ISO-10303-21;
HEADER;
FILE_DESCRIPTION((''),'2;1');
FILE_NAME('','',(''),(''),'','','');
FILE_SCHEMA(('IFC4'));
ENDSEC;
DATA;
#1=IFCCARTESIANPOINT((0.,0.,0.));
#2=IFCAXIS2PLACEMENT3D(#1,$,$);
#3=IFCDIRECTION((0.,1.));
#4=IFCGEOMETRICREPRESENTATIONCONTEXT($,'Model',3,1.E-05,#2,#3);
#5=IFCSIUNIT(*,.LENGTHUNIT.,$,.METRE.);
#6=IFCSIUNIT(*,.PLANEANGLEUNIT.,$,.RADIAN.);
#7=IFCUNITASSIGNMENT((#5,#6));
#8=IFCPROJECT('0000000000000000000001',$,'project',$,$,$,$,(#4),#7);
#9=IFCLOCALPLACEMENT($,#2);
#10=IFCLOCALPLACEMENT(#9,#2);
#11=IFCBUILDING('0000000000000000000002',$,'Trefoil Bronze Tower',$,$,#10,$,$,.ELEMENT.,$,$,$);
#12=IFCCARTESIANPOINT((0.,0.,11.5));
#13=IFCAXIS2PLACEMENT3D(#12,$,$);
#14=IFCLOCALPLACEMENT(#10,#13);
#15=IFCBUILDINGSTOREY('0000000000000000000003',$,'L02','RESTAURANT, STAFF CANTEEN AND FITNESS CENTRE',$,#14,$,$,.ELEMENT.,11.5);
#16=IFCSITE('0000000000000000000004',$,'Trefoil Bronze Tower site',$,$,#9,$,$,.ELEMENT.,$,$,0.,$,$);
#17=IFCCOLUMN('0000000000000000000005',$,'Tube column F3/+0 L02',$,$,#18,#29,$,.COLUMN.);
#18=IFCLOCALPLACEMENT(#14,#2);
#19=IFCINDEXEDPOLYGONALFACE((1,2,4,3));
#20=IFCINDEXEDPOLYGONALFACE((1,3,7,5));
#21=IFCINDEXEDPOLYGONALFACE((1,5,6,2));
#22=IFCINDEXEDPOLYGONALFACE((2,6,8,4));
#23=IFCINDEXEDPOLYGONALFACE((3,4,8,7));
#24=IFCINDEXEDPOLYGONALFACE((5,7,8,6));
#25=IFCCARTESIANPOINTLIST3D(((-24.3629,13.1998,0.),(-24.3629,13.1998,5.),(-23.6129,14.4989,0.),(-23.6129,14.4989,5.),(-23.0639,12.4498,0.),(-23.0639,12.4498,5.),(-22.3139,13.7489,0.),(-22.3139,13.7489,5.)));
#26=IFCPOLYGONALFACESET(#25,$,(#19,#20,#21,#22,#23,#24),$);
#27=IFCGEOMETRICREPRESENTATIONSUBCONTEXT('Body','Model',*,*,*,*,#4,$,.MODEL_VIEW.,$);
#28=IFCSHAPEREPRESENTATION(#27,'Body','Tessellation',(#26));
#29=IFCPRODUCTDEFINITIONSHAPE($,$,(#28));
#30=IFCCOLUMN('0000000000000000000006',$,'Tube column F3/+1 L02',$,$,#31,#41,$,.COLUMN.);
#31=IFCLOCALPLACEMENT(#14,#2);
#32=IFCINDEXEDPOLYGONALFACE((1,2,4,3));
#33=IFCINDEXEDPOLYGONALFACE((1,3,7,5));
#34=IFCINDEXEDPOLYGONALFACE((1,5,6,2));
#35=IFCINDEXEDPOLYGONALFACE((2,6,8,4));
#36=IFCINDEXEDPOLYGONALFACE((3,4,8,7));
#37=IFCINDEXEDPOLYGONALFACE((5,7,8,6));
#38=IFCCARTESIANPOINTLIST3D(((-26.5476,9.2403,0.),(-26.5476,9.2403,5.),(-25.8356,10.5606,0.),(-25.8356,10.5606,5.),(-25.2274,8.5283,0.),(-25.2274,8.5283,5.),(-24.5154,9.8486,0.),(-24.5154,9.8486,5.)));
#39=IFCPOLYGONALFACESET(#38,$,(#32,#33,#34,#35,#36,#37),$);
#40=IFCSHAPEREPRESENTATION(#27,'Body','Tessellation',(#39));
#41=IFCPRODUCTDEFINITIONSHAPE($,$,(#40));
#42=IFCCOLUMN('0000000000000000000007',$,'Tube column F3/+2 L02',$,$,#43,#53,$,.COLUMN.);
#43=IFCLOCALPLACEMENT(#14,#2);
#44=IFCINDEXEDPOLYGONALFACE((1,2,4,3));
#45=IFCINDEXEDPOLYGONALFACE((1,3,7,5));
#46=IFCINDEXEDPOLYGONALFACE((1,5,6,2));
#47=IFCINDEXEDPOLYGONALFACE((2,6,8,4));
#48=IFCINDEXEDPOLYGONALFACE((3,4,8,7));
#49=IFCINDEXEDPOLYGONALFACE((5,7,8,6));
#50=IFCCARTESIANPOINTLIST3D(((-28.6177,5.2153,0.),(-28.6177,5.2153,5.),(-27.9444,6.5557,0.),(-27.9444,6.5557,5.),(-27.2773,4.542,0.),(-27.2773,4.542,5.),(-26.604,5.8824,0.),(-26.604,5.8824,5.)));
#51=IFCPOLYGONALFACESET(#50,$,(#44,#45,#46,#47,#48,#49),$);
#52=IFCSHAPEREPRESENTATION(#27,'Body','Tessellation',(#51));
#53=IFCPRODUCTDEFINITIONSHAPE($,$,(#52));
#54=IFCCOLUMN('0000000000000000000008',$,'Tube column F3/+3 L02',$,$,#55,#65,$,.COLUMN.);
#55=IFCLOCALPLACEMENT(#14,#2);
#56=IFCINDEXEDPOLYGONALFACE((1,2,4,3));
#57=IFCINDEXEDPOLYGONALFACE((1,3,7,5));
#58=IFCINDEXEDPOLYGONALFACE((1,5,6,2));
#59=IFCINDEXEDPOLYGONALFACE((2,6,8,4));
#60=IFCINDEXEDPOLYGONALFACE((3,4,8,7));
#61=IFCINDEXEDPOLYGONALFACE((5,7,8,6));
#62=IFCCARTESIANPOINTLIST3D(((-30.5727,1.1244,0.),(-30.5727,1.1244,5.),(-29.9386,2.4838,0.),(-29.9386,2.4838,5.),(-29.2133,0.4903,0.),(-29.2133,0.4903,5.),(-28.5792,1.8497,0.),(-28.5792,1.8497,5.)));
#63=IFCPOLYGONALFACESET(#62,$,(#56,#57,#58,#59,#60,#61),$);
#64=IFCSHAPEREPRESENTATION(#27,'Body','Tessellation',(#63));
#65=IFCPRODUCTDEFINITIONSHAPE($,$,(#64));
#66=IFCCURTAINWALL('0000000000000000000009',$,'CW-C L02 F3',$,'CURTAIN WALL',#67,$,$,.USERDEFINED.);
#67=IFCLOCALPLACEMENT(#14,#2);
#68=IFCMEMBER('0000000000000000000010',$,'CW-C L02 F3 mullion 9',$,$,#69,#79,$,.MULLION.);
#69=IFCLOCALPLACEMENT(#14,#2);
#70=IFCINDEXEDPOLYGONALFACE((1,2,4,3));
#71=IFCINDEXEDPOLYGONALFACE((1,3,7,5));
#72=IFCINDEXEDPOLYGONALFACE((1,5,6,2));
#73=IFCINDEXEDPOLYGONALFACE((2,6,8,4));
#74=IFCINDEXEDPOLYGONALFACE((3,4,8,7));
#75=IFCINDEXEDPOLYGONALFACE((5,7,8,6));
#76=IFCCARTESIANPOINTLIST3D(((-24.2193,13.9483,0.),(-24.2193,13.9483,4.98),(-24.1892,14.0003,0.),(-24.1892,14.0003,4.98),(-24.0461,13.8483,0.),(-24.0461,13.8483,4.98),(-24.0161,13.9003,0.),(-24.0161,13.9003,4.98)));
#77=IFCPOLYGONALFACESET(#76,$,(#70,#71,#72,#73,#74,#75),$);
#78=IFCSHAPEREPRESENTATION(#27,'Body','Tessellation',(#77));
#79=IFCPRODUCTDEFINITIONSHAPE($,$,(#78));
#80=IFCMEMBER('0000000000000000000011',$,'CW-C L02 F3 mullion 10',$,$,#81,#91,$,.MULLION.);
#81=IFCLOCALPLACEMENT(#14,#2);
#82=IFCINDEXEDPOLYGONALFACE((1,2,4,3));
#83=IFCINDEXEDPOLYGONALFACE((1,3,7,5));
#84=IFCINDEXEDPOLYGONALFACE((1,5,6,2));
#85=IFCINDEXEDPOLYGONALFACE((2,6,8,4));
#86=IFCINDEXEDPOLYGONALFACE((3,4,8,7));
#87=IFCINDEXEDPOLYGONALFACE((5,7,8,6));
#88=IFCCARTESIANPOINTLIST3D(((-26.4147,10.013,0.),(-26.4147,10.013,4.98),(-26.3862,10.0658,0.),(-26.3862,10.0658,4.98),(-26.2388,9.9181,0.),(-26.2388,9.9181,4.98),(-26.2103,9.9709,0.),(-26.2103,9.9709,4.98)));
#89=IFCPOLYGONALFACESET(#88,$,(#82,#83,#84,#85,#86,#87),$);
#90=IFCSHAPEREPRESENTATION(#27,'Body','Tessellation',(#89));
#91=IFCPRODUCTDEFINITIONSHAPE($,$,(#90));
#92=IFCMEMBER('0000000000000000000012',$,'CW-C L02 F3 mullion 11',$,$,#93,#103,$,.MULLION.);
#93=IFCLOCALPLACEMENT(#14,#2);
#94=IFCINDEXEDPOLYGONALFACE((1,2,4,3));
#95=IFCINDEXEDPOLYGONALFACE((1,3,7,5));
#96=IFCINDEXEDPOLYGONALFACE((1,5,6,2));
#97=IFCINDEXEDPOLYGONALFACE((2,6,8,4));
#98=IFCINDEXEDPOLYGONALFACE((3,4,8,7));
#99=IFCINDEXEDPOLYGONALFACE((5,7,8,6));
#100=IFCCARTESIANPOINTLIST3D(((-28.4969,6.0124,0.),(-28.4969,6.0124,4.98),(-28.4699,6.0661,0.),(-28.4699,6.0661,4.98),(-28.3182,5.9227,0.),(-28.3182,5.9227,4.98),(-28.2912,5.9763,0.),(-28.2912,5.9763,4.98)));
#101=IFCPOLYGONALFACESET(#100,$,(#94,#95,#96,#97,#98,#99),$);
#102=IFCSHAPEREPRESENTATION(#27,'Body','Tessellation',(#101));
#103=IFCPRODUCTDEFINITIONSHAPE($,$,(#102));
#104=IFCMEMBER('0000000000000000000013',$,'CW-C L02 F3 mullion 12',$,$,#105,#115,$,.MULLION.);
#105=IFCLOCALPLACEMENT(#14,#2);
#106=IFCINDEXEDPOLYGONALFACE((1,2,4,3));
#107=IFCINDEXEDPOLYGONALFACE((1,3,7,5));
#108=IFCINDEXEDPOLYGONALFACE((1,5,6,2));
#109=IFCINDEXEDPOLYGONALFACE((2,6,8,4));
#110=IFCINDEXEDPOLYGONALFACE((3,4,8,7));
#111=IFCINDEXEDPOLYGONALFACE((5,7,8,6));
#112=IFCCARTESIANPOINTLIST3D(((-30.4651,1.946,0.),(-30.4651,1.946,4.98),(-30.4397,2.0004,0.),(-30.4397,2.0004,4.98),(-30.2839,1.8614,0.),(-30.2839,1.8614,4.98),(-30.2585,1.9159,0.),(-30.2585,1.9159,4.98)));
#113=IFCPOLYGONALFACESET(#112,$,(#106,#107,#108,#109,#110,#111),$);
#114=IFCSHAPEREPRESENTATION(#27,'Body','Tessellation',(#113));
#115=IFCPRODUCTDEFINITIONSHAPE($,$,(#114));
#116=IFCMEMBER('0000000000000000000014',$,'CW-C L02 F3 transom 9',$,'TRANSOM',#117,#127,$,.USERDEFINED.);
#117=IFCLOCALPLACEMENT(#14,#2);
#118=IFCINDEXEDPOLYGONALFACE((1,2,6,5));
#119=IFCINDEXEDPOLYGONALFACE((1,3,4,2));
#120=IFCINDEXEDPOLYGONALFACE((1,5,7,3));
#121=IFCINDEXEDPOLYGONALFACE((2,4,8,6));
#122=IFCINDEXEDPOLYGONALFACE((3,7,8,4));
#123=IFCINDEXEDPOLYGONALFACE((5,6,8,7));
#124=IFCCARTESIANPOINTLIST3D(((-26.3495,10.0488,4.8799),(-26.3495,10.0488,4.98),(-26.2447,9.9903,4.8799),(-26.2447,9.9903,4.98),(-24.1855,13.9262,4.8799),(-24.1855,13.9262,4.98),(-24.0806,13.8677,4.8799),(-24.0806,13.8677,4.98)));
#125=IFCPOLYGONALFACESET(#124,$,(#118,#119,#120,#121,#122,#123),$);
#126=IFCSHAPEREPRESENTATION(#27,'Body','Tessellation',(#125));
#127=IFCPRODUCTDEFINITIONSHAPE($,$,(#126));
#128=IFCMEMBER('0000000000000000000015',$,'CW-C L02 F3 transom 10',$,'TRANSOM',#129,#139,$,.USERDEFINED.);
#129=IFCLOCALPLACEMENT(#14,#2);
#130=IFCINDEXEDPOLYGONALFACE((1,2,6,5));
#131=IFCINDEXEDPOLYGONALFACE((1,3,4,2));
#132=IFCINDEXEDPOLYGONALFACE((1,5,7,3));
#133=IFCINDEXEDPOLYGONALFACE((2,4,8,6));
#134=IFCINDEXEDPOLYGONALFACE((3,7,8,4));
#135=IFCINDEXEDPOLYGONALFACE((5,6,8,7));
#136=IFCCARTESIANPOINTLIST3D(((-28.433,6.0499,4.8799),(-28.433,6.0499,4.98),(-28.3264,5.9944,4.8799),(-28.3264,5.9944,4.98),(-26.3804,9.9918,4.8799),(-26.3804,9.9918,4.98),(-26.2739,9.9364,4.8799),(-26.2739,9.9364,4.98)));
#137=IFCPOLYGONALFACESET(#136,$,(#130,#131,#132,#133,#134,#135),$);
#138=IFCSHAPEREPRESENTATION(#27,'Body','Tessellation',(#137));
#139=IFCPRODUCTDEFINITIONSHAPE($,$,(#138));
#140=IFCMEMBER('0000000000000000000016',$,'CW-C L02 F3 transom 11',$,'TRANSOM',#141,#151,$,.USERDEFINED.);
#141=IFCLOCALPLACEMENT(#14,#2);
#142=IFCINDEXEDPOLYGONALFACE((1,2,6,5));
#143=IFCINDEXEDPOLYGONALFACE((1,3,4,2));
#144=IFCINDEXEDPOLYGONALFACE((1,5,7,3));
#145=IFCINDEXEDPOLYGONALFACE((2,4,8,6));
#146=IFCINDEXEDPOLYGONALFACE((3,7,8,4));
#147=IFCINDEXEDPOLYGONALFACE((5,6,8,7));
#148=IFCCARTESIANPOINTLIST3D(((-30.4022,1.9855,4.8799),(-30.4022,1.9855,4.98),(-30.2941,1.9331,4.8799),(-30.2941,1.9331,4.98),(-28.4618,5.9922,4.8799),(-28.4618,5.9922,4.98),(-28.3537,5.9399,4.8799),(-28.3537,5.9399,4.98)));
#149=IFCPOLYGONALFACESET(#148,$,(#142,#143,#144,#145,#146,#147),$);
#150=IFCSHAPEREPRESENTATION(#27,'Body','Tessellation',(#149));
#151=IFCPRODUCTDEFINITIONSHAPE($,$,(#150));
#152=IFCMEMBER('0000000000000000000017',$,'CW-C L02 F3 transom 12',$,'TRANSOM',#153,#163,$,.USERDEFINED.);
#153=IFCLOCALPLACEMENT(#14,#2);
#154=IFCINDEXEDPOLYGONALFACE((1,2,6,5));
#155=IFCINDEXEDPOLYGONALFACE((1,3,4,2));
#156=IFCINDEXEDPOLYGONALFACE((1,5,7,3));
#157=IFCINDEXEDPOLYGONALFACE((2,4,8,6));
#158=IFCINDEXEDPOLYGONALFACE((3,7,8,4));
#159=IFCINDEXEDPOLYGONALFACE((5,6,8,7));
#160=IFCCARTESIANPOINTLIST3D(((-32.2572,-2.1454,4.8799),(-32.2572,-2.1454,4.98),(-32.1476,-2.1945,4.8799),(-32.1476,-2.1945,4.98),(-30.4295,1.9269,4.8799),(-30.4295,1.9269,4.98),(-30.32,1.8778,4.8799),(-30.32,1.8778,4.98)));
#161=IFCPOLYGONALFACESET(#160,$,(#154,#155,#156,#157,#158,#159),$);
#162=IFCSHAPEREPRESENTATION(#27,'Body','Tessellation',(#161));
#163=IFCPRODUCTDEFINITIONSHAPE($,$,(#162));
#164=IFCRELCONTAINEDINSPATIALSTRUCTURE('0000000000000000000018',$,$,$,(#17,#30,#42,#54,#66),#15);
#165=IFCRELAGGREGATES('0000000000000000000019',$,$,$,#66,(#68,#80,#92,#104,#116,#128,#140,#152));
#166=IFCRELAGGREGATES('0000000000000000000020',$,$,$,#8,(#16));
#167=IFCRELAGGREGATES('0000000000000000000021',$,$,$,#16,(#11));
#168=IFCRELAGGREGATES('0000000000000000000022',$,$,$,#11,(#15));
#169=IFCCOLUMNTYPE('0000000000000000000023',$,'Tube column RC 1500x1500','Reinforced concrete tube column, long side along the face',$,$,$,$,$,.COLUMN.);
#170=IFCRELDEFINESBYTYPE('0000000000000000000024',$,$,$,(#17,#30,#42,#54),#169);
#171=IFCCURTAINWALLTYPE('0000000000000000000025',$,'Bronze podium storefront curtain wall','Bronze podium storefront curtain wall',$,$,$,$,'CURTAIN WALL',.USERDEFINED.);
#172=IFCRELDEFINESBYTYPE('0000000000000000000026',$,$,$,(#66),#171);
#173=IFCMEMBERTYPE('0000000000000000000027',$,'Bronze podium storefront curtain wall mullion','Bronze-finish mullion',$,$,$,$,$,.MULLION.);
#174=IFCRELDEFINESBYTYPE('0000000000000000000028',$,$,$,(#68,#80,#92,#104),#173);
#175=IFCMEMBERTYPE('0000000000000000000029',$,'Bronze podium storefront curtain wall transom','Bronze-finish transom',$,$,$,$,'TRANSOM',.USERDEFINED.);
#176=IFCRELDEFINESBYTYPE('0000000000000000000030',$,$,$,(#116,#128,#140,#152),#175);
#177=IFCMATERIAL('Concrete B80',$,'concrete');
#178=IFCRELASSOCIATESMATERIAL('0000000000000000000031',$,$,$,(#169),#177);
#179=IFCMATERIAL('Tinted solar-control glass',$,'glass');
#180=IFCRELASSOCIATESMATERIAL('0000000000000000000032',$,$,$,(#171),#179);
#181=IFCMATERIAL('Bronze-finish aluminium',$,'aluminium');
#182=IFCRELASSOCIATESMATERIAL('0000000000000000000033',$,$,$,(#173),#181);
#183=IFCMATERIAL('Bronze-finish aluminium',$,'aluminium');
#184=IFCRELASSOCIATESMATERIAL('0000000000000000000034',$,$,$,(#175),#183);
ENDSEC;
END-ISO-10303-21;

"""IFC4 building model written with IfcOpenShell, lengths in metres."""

from ifc_helpers import new_model, si_unit, direction, frame, origin, origin_2d, place, context, subcontext, project, spatial, rectangle, extrude, material, material_profile, profile_set, type_object, element, aggregate, save


model = new_model("IFC4")

# Units and contexts
model_context = context("Model", 3, precision=1e-05, world=origin(), true_north=direction((0.0, 1.0)))
body_context = subcontext(model_context, "Body", "Model", "MODEL_VIEW")
ifc_project = project(units=[si_unit("LENGTHUNIT", "METRE"), si_unit("PLANEANGLEUNIT", "RADIAN")], contexts=[model_context])

# Site, building, storey
site_placement = place(None, origin())
site = spatial("IfcSite", under=ifc_project, at=site_placement, Name="Trefoil Bronze Tower site", CompositionType="ELEMENT", RefElevation=0.0)
building_placement = place(site_placement, origin())
building = spatial("IfcBuilding", under=site, at=building_placement, Name="Trefoil Bronze Tower", CompositionType="ELEMENT")
storey_placement = place(building_placement, frame((0.0, 0.0, 11.5)))
storey = spatial("IfcBuildingStorey", under=building, at=storey_placement, Name="L02", Description="RESTAURANT, STAFF CANTEEN AND FITNESS CENTRE", CompositionType="ELEMENT", Elevation=11.5)

# Columns
ifc_material_1 = material(Name="Concrete B80", Category="concrete")
ifc_material_profile_1 = material_profile(ifc_material_1, rectangle(XDim=1.5, YDim=1.5, at=origin_2d()), Name="RC 1500x1500")
ifc_profile_set_1 = profile_set([ifc_material_profile_1], Name="Concrete B80")
column_type = type_object("IfcColumnType", Name="Tube column RC 1500x1500", Description="Reinforced concrete tube column, long side along the face", PredefinedType="COLUMN", material=ifc_profile_set_1)
for number, where, z_axis, x_axis, name in (
    (1, (-23.3384, 13.4744, 0.0), (0.0, 0.0, 1.0), (-0.5, -0.866025, 0.0), "Tube column F3/+0 L02"),
    (2, (-25.5315, 9.5444, 0.0), (0.0, 0.0, 1.0), (-0.474656, -0.880171, 0.0), "Tube column F3/+1 L02"),
    (3, (-27.6108, 5.5488, 0.0), (0.0, 0.0, 1.0), (-0.44889, -0.893587, 0.0), "Tube column F3/+2 L02"),
    (4, (-29.5759, 1.4871, 0.0), (0.0, 0.0, 1.0), (-0.422701, -0.906269, 0.0), "Tube column F3/+3 L02"),
):
    element("IfcColumn", number, at=place(storey_placement, frame(where, z_axis=z_axis, x_axis=x_axis)), inside=storey, type_object=column_type, Name=name, PredefinedType="COLUMN", context=body_context, shape_type="SweptSolid", body=[
        extrude(rectangle(XDim=1.5, YDim=1.5, at=origin_2d()), origin(), (0.0, 0.0, 1.0), 5.0),
    ])

# Curtain wall, members
ifc_material_2 = material(Name="Tinted solar-control glass", Category="glass")
curtain_wall_type = type_object("IfcCurtainWallType", Name="Bronze podium storefront curtain wall", Description="Bronze podium storefront curtain wall", ElementType="CURTAIN WALL", PredefinedType="USERDEFINED", material=ifc_material_2)
curtain_wall_placement = place(storey_placement, origin())
curtain_wall = element("IfcCurtainWall", 5, at=curtain_wall_placement, inside=storey, type_object=curtain_wall_type, Name="CW-C L02 F3", ObjectType="CURTAIN WALL", PredefinedType="USERDEFINED")
ifc_material_3 = material(Name="Bronze-finish aluminium", Category="aluminium")
ifc_material_profile_2 = material_profile(ifc_material_3, rectangle(XDim=0.2, YDim=0.0601, at=origin_2d()), Name="CW-C mullion")
ifc_profile_set_2 = profile_set([ifc_material_profile_2], Name="Bronze-finish aluminium")
member_type_1 = type_object("IfcMemberType", Name="Bronze podium storefront curtain wall mullion", Description="Bronze-finish mullion", PredefinedType="MULLION", material=ifc_profile_set_2)
member_1_placement = place(storey_placement, frame((-24.1177, 13.9243, 0.0), z_axis=(0.0, 0.0, 1.0), x_axis=(0.866025, -0.5, 0.0)))
member_1 = element("IfcMember", 6, at=member_1_placement, type_object=member_type_1, Name="CW-C L02 F3 mullion 9", PredefinedType="MULLION", context=body_context, shape_type="SweptSolid", body=[
    extrude(rectangle(XDim=0.2, YDim=0.0601, at=origin_2d()), origin(), (0.0, 0.0, 1.0), 4.98),
])
member_2_placement = place(storey_placement, frame((-26.3125, 9.9919, 0.0), z_axis=(0.0, 0.0, 1.0), x_axis=(0.880171, -0.474656, 0.0)))
member_2 = element("IfcMember", 7, at=member_2_placement, type_object=member_type_1, Name="CW-C L02 F3 mullion 10", PredefinedType="MULLION", context=body_context, shape_type="SweptSolid", body=[
    extrude(rectangle(XDim=0.2, YDim=0.0601, at=origin_2d()), origin(), (0.0, 0.0, 1.0), 4.98),
])
member_3_placement = place(storey_placement, frame((-28.394, 5.9944, 0.0), z_axis=(0.0, 0.0, 1.0), x_axis=(0.893587, -0.44889, 0.0)))
member_3 = element("IfcMember", 8, at=member_3_placement, type_object=member_type_1, Name="CW-C L02 F3 mullion 11", PredefinedType="MULLION", context=body_context, shape_type="SweptSolid", body=[
    extrude(rectangle(XDim=0.2, YDim=0.0601, at=origin_2d()), origin(), (0.0, 0.0, 1.0), 4.98),
])
member_4_placement = place(storey_placement, frame((-30.3618, 1.9309, 0.0), z_axis=(0.0, 0.0, 1.0), x_axis=(0.906269, -0.422701, 0.0)))
member_4 = element("IfcMember", 9, at=member_4_placement, type_object=member_type_1, Name="CW-C L02 F3 mullion 12", PredefinedType="MULLION", context=body_context, shape_type="SweptSolid", body=[
    extrude(rectangle(XDim=0.2, YDim=0.0601, at=origin_2d()), origin(), (0.0, 0.0, 1.0), 4.98),
])
ifc_material_4 = material(Name="Bronze-finish aluminium", Category="aluminium")
ifc_material_profile_3 = material_profile(ifc_material_4, rectangle(XDim=0.1201, YDim=0.1001, at=origin_2d()), Name="CW-C transom")
ifc_profile_set_3 = profile_set([ifc_material_profile_3], Name="Bronze-finish aluminium")
member_type_2 = type_object("IfcMemberType", Name="Bronze podium storefront curtain wall transom", Description="Bronze-finish transom", ElementType="TRANSOM", PredefinedType="USERDEFINED", material=ifc_profile_set_3)
member_5_placement = place(storey_placement, frame((-24.1331, 13.897, 4.9299), z_axis=(-0.487351, -0.873206, 0.0), x_axis=(0.873206, -0.487351, 0.0)))
member_5 = element("IfcMember", 10, at=member_5_placement, type_object=member_type_2, Name="CW-C L02 F3 transom 9", ObjectType="TRANSOM", PredefinedType="USERDEFINED", context=body_context, shape_type="SweptSolid", body=[
    extrude(rectangle(XDim=0.1201, YDim=0.1001, at=origin_2d()), origin(), (0.0, 0.0, 1.0), 4.4404),
])
member_6_placement = place(storey_placement, frame((-26.3271, 9.9641, 4.9299), z_axis=(-0.461832, -0.886968, 0.0), x_axis=(0.886968, -0.461832, 0.0)))
member_6 = element("IfcMember", 11, at=member_6_placement, type_object=member_type_2, Name="CW-C L02 F3 transom 10", ObjectType="TRANSOM", PredefinedType="USERDEFINED", context=body_context, shape_type="SweptSolid", body=[
    extrude(rectangle(XDim=0.1201, YDim=0.1001, at=origin_2d()), origin(), (0.0, 0.0, 1.0), 4.4443),
])
member_7_placement = place(storey_placement, frame((-28.4077, 5.9661, 4.9299), z_axis=(-0.435859, -0.900015, 0.0), x_axis=(0.900015, -0.435859, 0.0)))
member_7 = element("IfcMember", 12, at=member_7_placement, type_object=member_type_2, Name="CW-C L02 F3 transom 11", ObjectType="TRANSOM", PredefinedType="USERDEFINED", context=body_context, shape_type="SweptSolid", body=[
    extrude(rectangle(XDim=0.1201, YDim=0.1001, at=origin_2d()), origin(), (0.0, 0.0, 1.0), 4.4519),
])
member_8_placement = place(storey_placement, frame((-30.3748, 1.9023, 4.9299), z_axis=(-0.409455, -0.91233, 0.0), x_axis=(0.91233, -0.409455, 0.0)))
member_8 = element("IfcMember", 13, at=member_8_placement, type_object=member_type_2, Name="CW-C L02 F3 transom 12", ObjectType="TRANSOM", PredefinedType="USERDEFINED", context=body_context, shape_type="SweptSolid", body=[
    extrude(rectangle(XDim=0.1201, YDim=0.1001, at=origin_2d()), origin(), (0.0, 0.0, 1.0), 4.4636),
])

aggregate(curtain_wall, [member_1, member_2, member_3, member_4, member_5, member_6, member_7, member_8])

save(model, "model.ifc")
